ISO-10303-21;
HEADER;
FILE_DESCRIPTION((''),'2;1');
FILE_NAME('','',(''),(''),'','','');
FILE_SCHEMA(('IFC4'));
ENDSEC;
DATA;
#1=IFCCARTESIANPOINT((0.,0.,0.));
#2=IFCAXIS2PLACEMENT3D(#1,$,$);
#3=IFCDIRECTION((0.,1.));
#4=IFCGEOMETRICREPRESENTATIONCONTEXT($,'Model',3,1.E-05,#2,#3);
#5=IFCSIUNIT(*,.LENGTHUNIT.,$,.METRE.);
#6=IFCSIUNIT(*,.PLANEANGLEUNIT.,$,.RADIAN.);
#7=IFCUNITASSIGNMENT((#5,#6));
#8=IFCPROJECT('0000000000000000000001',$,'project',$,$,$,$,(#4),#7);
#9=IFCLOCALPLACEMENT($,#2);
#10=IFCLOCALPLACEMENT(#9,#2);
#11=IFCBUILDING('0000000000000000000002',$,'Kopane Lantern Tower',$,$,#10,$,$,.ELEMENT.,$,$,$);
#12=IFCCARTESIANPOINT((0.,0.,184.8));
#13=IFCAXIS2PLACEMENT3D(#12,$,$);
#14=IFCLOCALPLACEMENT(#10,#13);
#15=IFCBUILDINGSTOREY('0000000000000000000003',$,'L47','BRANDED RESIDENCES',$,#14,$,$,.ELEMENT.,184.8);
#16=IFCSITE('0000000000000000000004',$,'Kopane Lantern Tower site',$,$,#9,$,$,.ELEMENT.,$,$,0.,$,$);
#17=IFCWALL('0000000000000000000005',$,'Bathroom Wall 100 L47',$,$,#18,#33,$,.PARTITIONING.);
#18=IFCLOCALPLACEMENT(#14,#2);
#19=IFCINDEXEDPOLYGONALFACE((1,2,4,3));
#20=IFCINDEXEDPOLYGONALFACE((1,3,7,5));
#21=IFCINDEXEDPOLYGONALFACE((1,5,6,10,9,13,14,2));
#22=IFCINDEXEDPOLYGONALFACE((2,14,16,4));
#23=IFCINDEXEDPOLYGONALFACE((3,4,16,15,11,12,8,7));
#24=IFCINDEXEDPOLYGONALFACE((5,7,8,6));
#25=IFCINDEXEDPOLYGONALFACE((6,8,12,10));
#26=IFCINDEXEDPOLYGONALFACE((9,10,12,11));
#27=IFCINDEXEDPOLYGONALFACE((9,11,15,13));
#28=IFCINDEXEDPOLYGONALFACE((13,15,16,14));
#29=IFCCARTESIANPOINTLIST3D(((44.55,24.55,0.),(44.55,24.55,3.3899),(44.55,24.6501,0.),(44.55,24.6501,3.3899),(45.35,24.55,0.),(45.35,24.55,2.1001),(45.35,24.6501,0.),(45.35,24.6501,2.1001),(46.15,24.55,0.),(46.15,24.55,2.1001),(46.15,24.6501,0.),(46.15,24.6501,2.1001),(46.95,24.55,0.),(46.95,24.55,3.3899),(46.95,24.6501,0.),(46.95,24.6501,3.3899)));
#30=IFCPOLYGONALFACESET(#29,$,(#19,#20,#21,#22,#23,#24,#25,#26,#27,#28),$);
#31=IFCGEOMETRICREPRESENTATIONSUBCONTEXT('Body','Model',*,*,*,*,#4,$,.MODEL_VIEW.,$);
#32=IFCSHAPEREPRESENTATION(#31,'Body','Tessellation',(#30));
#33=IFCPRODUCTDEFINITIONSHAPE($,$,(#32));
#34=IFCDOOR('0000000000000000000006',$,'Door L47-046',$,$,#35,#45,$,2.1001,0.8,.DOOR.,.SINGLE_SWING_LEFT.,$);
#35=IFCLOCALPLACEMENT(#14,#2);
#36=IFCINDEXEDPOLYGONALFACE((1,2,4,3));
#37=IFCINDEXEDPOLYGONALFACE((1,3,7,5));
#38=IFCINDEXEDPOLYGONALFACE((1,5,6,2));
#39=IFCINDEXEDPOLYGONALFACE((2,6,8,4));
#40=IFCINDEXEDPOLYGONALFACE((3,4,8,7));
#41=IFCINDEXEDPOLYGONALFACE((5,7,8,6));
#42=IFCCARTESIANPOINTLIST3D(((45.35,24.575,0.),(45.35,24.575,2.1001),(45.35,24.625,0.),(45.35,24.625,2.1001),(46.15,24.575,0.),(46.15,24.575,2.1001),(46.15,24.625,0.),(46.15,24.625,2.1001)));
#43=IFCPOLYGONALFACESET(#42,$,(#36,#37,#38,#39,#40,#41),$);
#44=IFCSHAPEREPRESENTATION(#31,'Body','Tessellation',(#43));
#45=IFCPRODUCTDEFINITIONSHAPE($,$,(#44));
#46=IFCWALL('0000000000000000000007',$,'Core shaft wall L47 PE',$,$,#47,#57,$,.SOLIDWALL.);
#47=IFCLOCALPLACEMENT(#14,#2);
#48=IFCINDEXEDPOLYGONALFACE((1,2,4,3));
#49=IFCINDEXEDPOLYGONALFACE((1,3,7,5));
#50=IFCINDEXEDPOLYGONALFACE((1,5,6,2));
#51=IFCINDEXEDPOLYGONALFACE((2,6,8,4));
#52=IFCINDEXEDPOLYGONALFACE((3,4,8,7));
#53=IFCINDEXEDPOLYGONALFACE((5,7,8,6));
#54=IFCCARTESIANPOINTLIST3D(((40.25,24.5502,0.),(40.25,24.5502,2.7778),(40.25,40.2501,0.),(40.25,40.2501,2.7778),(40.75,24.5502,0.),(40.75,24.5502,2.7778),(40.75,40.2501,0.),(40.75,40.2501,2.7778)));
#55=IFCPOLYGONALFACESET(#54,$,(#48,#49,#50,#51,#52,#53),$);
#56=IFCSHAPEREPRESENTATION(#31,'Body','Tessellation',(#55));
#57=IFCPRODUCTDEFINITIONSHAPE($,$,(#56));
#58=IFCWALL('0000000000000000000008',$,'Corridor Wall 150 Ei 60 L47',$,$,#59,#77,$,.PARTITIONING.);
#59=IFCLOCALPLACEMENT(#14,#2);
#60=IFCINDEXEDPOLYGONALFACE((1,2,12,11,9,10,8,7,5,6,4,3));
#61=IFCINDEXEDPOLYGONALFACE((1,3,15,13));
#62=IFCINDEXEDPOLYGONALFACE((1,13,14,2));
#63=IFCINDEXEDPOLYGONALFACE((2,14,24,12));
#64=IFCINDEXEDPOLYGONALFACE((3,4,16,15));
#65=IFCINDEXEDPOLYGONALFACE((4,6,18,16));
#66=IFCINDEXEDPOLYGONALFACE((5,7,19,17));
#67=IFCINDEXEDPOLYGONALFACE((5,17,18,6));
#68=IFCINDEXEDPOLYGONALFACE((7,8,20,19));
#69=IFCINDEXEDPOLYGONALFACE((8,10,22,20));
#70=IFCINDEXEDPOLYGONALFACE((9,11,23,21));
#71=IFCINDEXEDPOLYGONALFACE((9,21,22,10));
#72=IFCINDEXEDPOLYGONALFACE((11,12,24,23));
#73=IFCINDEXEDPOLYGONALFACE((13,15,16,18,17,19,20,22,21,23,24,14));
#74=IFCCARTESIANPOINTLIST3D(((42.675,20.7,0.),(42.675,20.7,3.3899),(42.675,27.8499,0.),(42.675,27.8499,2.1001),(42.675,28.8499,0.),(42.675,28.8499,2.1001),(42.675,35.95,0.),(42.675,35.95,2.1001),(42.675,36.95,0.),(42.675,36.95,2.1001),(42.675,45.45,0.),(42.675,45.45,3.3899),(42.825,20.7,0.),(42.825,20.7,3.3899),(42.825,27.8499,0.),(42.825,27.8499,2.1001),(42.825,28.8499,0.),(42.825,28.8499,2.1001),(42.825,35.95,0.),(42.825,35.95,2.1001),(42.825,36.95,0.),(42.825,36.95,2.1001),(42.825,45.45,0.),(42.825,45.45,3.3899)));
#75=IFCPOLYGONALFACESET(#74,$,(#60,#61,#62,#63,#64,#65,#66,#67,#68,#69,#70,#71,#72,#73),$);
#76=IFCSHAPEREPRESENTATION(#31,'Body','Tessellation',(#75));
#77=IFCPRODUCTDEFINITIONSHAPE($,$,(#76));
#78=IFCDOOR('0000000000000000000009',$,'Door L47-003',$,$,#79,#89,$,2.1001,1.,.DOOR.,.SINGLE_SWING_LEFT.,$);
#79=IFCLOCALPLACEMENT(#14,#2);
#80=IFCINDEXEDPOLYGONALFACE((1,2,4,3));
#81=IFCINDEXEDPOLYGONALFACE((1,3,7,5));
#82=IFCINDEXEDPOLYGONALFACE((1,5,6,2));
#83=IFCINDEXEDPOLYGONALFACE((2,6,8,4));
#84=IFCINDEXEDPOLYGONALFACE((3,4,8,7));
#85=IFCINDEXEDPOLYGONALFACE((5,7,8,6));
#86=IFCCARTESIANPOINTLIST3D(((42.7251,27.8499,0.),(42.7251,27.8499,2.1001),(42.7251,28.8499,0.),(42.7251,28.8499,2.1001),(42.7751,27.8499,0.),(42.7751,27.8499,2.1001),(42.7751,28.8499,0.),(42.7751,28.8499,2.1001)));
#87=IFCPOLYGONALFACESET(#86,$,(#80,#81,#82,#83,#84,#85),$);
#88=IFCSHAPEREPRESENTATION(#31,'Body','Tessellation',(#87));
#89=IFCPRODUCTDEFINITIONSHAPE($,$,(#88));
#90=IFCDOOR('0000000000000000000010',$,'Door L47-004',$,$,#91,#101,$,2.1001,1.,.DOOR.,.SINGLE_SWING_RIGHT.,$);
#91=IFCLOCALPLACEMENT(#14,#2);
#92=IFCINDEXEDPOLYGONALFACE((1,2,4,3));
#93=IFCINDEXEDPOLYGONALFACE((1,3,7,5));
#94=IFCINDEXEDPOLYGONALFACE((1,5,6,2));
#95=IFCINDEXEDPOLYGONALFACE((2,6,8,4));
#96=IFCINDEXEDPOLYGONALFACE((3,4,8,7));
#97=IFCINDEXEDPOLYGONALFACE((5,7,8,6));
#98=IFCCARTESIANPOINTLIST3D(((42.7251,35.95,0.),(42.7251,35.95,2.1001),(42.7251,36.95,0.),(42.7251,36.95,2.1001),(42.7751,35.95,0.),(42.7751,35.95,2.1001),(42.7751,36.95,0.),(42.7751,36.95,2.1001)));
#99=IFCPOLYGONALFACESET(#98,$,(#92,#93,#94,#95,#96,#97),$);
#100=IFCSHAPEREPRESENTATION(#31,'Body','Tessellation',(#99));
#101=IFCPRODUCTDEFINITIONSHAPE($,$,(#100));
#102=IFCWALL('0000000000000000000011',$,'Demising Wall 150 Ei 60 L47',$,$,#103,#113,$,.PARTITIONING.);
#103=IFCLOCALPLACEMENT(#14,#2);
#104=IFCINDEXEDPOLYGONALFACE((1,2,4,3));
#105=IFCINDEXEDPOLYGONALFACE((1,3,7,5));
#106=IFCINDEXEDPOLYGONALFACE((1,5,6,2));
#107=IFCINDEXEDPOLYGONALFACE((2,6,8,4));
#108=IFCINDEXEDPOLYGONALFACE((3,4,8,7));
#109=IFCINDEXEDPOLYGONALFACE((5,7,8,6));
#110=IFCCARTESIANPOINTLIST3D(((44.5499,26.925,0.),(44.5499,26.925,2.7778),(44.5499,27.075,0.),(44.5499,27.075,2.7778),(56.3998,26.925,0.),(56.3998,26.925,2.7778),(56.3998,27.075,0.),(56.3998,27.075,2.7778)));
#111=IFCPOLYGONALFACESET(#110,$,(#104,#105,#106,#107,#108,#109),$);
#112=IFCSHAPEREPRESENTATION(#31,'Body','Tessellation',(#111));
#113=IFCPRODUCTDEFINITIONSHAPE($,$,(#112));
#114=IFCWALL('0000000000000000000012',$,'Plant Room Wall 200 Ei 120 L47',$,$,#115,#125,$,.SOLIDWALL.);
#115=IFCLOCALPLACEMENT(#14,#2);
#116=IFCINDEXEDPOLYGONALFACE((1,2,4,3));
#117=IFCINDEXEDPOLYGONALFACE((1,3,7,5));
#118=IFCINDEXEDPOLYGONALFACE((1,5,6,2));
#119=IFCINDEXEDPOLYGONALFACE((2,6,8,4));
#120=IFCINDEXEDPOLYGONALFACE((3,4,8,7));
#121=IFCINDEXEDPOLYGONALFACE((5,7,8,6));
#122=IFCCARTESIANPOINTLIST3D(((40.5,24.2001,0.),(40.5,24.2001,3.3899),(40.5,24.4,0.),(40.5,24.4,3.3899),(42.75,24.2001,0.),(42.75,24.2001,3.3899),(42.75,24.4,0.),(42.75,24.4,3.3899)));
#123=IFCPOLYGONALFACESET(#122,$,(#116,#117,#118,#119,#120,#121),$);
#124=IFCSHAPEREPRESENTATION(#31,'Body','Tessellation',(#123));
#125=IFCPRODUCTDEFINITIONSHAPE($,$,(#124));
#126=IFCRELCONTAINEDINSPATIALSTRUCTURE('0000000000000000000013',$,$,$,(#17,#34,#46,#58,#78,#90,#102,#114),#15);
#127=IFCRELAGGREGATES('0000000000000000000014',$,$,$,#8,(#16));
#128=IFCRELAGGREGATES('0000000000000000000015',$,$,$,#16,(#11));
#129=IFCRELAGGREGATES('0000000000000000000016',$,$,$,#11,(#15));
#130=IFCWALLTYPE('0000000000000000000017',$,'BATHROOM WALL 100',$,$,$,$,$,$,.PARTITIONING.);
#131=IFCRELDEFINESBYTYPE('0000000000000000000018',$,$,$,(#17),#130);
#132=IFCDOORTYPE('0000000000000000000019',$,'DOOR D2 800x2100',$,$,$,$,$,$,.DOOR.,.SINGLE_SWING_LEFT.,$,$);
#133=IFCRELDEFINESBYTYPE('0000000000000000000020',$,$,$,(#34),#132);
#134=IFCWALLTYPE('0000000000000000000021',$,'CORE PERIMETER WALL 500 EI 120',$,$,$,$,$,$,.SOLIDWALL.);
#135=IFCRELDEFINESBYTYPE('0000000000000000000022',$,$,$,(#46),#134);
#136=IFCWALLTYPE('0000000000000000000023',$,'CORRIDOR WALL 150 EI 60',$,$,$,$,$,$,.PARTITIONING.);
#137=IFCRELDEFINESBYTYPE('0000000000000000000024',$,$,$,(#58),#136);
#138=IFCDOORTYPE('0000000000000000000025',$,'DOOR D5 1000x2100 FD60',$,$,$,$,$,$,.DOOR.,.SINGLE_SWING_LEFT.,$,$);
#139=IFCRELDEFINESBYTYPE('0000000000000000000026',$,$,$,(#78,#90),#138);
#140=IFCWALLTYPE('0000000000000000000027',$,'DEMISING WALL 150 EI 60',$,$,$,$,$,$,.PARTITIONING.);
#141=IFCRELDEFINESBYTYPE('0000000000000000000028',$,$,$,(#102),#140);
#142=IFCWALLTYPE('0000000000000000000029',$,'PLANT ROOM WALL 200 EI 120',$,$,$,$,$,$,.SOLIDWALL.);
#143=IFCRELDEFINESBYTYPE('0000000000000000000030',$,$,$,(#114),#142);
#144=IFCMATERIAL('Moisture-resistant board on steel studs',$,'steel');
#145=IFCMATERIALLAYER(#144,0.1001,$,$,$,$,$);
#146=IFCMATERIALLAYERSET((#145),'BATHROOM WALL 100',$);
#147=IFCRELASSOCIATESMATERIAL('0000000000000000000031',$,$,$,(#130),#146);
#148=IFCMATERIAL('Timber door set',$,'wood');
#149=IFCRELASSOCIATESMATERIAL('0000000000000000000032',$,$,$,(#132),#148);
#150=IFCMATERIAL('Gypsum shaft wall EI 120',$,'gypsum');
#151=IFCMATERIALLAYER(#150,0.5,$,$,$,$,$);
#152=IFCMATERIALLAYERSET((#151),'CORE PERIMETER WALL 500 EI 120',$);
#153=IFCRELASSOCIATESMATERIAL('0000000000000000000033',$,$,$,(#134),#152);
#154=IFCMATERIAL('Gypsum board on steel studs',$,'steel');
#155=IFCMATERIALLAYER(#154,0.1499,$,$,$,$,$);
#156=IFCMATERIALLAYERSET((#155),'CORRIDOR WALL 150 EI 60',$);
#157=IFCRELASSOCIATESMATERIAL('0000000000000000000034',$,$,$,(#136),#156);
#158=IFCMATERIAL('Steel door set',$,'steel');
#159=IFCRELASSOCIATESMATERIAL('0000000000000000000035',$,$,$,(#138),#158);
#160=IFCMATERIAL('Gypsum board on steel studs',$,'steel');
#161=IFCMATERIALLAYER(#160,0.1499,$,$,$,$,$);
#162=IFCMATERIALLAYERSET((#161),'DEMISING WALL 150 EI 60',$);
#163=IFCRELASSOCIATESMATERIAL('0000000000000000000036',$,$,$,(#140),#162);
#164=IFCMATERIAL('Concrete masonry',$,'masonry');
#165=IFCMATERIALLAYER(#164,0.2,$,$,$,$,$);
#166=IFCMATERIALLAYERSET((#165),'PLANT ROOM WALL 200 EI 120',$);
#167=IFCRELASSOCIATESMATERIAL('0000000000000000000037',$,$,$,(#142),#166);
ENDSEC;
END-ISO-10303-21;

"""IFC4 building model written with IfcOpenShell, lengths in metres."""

from ifc_helpers import new_model, si_unit, direction, frame, frame_2d, origin, place, context, subcontext, project, spatial, rectangle, extrude, material, layer, layer_set, type_object, element, fill, save


model = new_model("IFC4")

# Units and contexts
model_context = context("Model", 3, precision=1e-05, world=origin(), true_north=direction((0.0, 1.0)))
body_context = subcontext(model_context, "Body", "Model", "MODEL_VIEW")
ifc_project = project(units=[si_unit("LENGTHUNIT", "METRE"), si_unit("PLANEANGLEUNIT", "RADIAN")], contexts=[model_context])

# Site, building, storey
site_placement = place(None, origin())
site = spatial("IfcSite", under=ifc_project, at=site_placement, Name="Kopane Lantern Tower site", CompositionType="ELEMENT", RefElevation=0.0)
building_placement = place(site_placement, origin())
building = spatial("IfcBuilding", under=site, at=building_placement, Name="Kopane Lantern Tower", CompositionType="ELEMENT")
storey_placement = place(building_placement, frame((0.0, 0.0, 184.8)))
storey = spatial("IfcBuildingStorey", under=building, at=storey_placement, Name="L47", Description="BRANDED RESIDENCES", CompositionType="ELEMENT", Elevation=184.8)

# Wall, opening, door
ifc_material_1 = material(Name="Moisture-resistant board on steel studs", Category="steel")
ifc_layer_1 = layer(ifc_material_1, 0.1001)
ifc_layer_set_1 = layer_set([ifc_layer_1], Name="BATHROOM WALL 100")
wall_type_1 = type_object("IfcWallType", Name="BATHROOM WALL 100", PredefinedType="PARTITIONING", material=ifc_layer_set_1)
wall_1_placement = place(storey_placement, frame((44.55, 24.6001, 0.0), z_axis=(0.0, 0.0, 1.0), x_axis=(1.0, 0.0, 0.0)))
wall_1 = element("IfcWall", 1, at=wall_1_placement, inside=storey, type_object=wall_type_1, Name="Bathroom Wall 100 L47", PredefinedType="PARTITIONING", context=body_context, shape_type="SweptSolid", body=[
    extrude(rectangle(XDim=2.3999, YDim=0.1001, at=frame_2d((1.2, 0.0))), origin(), (0.0, 0.0, 1.0), 3.3899),
])
opening_1_placement = place(wall_1_placement, frame((0.8, 0.0, 0.0)))
opening_1 = element("IfcOpeningElement", 2, at=opening_1_placement, cuts=wall_1, PredefinedType="OPENING", context=body_context, shape_type="SweptSolid", body=[
    extrude(rectangle(XDim=0.8, YDim=2.1001, at=frame_2d((0.3999, 1.05))), frame((0.0, 0.0601, 0.0), z_axis=(0.0, -1.0, 0.0), x_axis=(1.0, 0.0, 0.0)), (0.0, 0.0, 1.0), 0.1201),
])
ifc_material_2 = material(Name="Timber door set", Category="wood")
door_type_1 = type_object("IfcDoorType", Name="DOOR D2 800x2100", OperationType="SINGLE_SWING_LEFT", PredefinedType="DOOR", material=ifc_material_2)
door_1_placement = place(opening_1_placement, origin())
door_1 = element("IfcDoor", 3, at=door_1_placement, inside=storey, type_object=door_type_1, Name="Door L47-046", OperationType="SINGLE_SWING_LEFT", OverallHeight=2.1001, OverallWidth=0.8, PredefinedType="DOOR", context=body_context, shape_type="SweptSolid", body=[
    extrude(rectangle(XDim=0.8, YDim=2.1001, at=frame_2d((0.3999, 1.05))), frame((0.0, 0.0249, 0.0), z_axis=(0.0, -1.0, 0.0), x_axis=(1.0, 0.0, 0.0)), (0.0, 0.0, 1.0), 0.05),
])
fill(opening_1, door_1)

# Wall
ifc_material_3 = material(Name="Gypsum shaft wall EI 120", Category="gypsum")
ifc_layer_2 = layer(ifc_material_3, 0.5)
ifc_layer_set_2 = layer_set([ifc_layer_2], Name="CORE PERIMETER WALL 500 EI 120")
wall_type_2 = type_object("IfcWallType", Name="CORE PERIMETER WALL 500 EI 120", PredefinedType="SOLIDWALL", material=ifc_layer_set_2)
wall_2_placement = place(storey_placement, frame((40.5, 24.55, 0.0), z_axis=(0.0, 0.0, 1.0), x_axis=(0.0, 1.0, 0.0)))
element("IfcWall", 4, at=wall_2_placement, inside=storey, type_object=wall_type_2, Name="Core shaft wall L47 PE", PredefinedType="SOLIDWALL", context=body_context, shape_type="SweptSolid", body=[
    extrude(rectangle(XDim=15.7, YDim=0.5, at=frame_2d((7.8501, 0.0))), origin(), (0.0, 0.0, 1.0), 2.7778),
])

# Wall, openings, doors
ifc_material_4 = material(Name="Gypsum board on steel studs", Category="steel")
ifc_layer_3 = layer(ifc_material_4, 0.1499)
ifc_layer_set_3 = layer_set([ifc_layer_3], Name="CORRIDOR WALL 150 EI 60")
wall_type_3 = type_object("IfcWallType", Name="CORRIDOR WALL 150 EI 60", PredefinedType="PARTITIONING", material=ifc_layer_set_3)
wall_3_placement = place(storey_placement, frame((42.75, 20.7, 0.0), z_axis=(0.0, 0.0, 1.0), x_axis=(0.0, 1.0, 0.0)))
wall_3 = element("IfcWall", 5, at=wall_3_placement, inside=storey, type_object=wall_type_3, Name="Corridor Wall 150 Ei 60 L47", PredefinedType="PARTITIONING", context=body_context, shape_type="SweptSolid", body=[
    extrude(rectangle(XDim=24.75, YDim=0.1499, at=frame_2d((12.375, 0.0))), origin(), (0.0, 0.0, 1.0), 3.3899),
])
opening_2_placement = place(wall_3_placement, frame((7.1499, 0.0, 0.0)))
opening_2 = element("IfcOpeningElement", 6, at=opening_2_placement, cuts=wall_3, PredefinedType="OPENING", context=body_context, shape_type="SweptSolid", body=[
    extrude(rectangle(XDim=1.0, YDim=2.1001, at=frame_2d((0.5, 1.05))), frame((0.0, 0.085, 0.0), z_axis=(0.0, -1.0, 0.0), x_axis=(1.0, 0.0, 0.0)), (0.0, 0.0, 1.0), 0.1699),
])
opening_3_placement = place(wall_3_placement, frame((15.25, 0.0, 0.0)))
opening_3 = element("IfcOpeningElement", 7, at=opening_3_placement, cuts=wall_3, PredefinedType="OPENING", context=body_context, shape_type="SweptSolid", body=[
    extrude(rectangle(XDim=1.0, YDim=2.1001, at=frame_2d((0.5, 1.05))), frame((0.0, 0.085, 0.0), z_axis=(0.0, -1.0, 0.0), x_axis=(1.0, 0.0, 0.0)), (0.0, 0.0, 1.0), 0.1699),
])
ifc_material_5 = material(Name="Steel door set", Category="steel")
door_type_2 = type_object("IfcDoorType", Name="DOOR D5 1000x2100 FD60", OperationType="SINGLE_SWING_LEFT", PredefinedType="DOOR", material=ifc_material_5)
door_2_placement = place(opening_2_placement, origin())
door_2 = element("IfcDoor", 8, at=door_2_placement, inside=storey, type_object=door_type_2, Name="Door L47-003", OperationType="SINGLE_SWING_LEFT", OverallHeight=2.1001, OverallWidth=1.0, PredefinedType="DOOR", context=body_context, shape_type="SweptSolid", body=[
    extrude(rectangle(XDim=1.0, YDim=2.1001, at=frame_2d((0.5, 1.05))), frame((0.0, 0.0249, 0.0), z_axis=(0.0, -1.0, 0.0), x_axis=(1.0, 0.0, 0.0)), (0.0, 0.0, 1.0), 0.05),
])
fill(opening_2, door_2)
door_3_placement = place(opening_3_placement, origin())
door_3 = element("IfcDoor", 9, at=door_3_placement, inside=storey, type_object=door_type_2, Name="Door L47-004", OperationType="SINGLE_SWING_RIGHT", OverallHeight=2.1001, OverallWidth=1.0, PredefinedType="DOOR", context=body_context, shape_type="SweptSolid", body=[
    extrude(rectangle(XDim=1.0, YDim=2.1001, at=frame_2d((0.5, 1.05))), frame((0.0, 0.0249, 0.0), z_axis=(0.0, -1.0, 0.0), x_axis=(1.0, 0.0, 0.0)), (0.0, 0.0, 1.0), 0.05),
])
fill(opening_3, door_3)

# Walls
ifc_material_6 = material(Name="Gypsum board on steel studs", Category="steel")
ifc_layer_4 = layer(ifc_material_6, 0.1499)
ifc_layer_set_4 = layer_set([ifc_layer_4], Name="DEMISING WALL 150 EI 60")
wall_type_4 = type_object("IfcWallType", Name="DEMISING WALL 150 EI 60", PredefinedType="PARTITIONING", material=ifc_layer_set_4)
wall_4_placement = place(storey_placement, frame((44.55, 27.0, 0.0), z_axis=(0.0, 0.0, 1.0), x_axis=(1.0, 0.0, 0.0)))
element("IfcWall", 10, at=wall_4_placement, inside=storey, type_object=wall_type_4, Name="Demising Wall 150 Ei 60 L47", PredefinedType="PARTITIONING", context=body_context, shape_type="SweptSolid", body=[
    extrude(rectangle(XDim=11.8499, YDim=0.1499, at=frame_2d((5.9248, 0.0))), origin(), (0.0, 0.0, 1.0), 2.7778),
])
ifc_material_7 = material(Name="Concrete masonry", Category="masonry")
ifc_layer_5 = layer(ifc_material_7, 0.2)
ifc_layer_set_5 = layer_set([ifc_layer_5], Name="PLANT ROOM WALL 200 EI 120")
wall_type_5 = type_object("IfcWallType", Name="PLANT ROOM WALL 200 EI 120", PredefinedType="SOLIDWALL", material=ifc_layer_set_5)
wall_5_placement = place(storey_placement, frame((40.5, 24.3, 0.0), z_axis=(0.0, 0.0, 1.0), x_axis=(1.0, 0.0, 0.0)))
element("IfcWall", 11, at=wall_5_placement, inside=storey, type_object=wall_type_5, Name="Plant Room Wall 200 Ei 120 L47", PredefinedType="SOLIDWALL", context=body_context, shape_type="SweptSolid", body=[
    extrude(rectangle(XDim=2.25, YDim=0.2, at=frame_2d((1.125, 0.0))), origin(), (0.0, 0.0, 1.0), 3.3899),
])

save(model, "model.ifc")
